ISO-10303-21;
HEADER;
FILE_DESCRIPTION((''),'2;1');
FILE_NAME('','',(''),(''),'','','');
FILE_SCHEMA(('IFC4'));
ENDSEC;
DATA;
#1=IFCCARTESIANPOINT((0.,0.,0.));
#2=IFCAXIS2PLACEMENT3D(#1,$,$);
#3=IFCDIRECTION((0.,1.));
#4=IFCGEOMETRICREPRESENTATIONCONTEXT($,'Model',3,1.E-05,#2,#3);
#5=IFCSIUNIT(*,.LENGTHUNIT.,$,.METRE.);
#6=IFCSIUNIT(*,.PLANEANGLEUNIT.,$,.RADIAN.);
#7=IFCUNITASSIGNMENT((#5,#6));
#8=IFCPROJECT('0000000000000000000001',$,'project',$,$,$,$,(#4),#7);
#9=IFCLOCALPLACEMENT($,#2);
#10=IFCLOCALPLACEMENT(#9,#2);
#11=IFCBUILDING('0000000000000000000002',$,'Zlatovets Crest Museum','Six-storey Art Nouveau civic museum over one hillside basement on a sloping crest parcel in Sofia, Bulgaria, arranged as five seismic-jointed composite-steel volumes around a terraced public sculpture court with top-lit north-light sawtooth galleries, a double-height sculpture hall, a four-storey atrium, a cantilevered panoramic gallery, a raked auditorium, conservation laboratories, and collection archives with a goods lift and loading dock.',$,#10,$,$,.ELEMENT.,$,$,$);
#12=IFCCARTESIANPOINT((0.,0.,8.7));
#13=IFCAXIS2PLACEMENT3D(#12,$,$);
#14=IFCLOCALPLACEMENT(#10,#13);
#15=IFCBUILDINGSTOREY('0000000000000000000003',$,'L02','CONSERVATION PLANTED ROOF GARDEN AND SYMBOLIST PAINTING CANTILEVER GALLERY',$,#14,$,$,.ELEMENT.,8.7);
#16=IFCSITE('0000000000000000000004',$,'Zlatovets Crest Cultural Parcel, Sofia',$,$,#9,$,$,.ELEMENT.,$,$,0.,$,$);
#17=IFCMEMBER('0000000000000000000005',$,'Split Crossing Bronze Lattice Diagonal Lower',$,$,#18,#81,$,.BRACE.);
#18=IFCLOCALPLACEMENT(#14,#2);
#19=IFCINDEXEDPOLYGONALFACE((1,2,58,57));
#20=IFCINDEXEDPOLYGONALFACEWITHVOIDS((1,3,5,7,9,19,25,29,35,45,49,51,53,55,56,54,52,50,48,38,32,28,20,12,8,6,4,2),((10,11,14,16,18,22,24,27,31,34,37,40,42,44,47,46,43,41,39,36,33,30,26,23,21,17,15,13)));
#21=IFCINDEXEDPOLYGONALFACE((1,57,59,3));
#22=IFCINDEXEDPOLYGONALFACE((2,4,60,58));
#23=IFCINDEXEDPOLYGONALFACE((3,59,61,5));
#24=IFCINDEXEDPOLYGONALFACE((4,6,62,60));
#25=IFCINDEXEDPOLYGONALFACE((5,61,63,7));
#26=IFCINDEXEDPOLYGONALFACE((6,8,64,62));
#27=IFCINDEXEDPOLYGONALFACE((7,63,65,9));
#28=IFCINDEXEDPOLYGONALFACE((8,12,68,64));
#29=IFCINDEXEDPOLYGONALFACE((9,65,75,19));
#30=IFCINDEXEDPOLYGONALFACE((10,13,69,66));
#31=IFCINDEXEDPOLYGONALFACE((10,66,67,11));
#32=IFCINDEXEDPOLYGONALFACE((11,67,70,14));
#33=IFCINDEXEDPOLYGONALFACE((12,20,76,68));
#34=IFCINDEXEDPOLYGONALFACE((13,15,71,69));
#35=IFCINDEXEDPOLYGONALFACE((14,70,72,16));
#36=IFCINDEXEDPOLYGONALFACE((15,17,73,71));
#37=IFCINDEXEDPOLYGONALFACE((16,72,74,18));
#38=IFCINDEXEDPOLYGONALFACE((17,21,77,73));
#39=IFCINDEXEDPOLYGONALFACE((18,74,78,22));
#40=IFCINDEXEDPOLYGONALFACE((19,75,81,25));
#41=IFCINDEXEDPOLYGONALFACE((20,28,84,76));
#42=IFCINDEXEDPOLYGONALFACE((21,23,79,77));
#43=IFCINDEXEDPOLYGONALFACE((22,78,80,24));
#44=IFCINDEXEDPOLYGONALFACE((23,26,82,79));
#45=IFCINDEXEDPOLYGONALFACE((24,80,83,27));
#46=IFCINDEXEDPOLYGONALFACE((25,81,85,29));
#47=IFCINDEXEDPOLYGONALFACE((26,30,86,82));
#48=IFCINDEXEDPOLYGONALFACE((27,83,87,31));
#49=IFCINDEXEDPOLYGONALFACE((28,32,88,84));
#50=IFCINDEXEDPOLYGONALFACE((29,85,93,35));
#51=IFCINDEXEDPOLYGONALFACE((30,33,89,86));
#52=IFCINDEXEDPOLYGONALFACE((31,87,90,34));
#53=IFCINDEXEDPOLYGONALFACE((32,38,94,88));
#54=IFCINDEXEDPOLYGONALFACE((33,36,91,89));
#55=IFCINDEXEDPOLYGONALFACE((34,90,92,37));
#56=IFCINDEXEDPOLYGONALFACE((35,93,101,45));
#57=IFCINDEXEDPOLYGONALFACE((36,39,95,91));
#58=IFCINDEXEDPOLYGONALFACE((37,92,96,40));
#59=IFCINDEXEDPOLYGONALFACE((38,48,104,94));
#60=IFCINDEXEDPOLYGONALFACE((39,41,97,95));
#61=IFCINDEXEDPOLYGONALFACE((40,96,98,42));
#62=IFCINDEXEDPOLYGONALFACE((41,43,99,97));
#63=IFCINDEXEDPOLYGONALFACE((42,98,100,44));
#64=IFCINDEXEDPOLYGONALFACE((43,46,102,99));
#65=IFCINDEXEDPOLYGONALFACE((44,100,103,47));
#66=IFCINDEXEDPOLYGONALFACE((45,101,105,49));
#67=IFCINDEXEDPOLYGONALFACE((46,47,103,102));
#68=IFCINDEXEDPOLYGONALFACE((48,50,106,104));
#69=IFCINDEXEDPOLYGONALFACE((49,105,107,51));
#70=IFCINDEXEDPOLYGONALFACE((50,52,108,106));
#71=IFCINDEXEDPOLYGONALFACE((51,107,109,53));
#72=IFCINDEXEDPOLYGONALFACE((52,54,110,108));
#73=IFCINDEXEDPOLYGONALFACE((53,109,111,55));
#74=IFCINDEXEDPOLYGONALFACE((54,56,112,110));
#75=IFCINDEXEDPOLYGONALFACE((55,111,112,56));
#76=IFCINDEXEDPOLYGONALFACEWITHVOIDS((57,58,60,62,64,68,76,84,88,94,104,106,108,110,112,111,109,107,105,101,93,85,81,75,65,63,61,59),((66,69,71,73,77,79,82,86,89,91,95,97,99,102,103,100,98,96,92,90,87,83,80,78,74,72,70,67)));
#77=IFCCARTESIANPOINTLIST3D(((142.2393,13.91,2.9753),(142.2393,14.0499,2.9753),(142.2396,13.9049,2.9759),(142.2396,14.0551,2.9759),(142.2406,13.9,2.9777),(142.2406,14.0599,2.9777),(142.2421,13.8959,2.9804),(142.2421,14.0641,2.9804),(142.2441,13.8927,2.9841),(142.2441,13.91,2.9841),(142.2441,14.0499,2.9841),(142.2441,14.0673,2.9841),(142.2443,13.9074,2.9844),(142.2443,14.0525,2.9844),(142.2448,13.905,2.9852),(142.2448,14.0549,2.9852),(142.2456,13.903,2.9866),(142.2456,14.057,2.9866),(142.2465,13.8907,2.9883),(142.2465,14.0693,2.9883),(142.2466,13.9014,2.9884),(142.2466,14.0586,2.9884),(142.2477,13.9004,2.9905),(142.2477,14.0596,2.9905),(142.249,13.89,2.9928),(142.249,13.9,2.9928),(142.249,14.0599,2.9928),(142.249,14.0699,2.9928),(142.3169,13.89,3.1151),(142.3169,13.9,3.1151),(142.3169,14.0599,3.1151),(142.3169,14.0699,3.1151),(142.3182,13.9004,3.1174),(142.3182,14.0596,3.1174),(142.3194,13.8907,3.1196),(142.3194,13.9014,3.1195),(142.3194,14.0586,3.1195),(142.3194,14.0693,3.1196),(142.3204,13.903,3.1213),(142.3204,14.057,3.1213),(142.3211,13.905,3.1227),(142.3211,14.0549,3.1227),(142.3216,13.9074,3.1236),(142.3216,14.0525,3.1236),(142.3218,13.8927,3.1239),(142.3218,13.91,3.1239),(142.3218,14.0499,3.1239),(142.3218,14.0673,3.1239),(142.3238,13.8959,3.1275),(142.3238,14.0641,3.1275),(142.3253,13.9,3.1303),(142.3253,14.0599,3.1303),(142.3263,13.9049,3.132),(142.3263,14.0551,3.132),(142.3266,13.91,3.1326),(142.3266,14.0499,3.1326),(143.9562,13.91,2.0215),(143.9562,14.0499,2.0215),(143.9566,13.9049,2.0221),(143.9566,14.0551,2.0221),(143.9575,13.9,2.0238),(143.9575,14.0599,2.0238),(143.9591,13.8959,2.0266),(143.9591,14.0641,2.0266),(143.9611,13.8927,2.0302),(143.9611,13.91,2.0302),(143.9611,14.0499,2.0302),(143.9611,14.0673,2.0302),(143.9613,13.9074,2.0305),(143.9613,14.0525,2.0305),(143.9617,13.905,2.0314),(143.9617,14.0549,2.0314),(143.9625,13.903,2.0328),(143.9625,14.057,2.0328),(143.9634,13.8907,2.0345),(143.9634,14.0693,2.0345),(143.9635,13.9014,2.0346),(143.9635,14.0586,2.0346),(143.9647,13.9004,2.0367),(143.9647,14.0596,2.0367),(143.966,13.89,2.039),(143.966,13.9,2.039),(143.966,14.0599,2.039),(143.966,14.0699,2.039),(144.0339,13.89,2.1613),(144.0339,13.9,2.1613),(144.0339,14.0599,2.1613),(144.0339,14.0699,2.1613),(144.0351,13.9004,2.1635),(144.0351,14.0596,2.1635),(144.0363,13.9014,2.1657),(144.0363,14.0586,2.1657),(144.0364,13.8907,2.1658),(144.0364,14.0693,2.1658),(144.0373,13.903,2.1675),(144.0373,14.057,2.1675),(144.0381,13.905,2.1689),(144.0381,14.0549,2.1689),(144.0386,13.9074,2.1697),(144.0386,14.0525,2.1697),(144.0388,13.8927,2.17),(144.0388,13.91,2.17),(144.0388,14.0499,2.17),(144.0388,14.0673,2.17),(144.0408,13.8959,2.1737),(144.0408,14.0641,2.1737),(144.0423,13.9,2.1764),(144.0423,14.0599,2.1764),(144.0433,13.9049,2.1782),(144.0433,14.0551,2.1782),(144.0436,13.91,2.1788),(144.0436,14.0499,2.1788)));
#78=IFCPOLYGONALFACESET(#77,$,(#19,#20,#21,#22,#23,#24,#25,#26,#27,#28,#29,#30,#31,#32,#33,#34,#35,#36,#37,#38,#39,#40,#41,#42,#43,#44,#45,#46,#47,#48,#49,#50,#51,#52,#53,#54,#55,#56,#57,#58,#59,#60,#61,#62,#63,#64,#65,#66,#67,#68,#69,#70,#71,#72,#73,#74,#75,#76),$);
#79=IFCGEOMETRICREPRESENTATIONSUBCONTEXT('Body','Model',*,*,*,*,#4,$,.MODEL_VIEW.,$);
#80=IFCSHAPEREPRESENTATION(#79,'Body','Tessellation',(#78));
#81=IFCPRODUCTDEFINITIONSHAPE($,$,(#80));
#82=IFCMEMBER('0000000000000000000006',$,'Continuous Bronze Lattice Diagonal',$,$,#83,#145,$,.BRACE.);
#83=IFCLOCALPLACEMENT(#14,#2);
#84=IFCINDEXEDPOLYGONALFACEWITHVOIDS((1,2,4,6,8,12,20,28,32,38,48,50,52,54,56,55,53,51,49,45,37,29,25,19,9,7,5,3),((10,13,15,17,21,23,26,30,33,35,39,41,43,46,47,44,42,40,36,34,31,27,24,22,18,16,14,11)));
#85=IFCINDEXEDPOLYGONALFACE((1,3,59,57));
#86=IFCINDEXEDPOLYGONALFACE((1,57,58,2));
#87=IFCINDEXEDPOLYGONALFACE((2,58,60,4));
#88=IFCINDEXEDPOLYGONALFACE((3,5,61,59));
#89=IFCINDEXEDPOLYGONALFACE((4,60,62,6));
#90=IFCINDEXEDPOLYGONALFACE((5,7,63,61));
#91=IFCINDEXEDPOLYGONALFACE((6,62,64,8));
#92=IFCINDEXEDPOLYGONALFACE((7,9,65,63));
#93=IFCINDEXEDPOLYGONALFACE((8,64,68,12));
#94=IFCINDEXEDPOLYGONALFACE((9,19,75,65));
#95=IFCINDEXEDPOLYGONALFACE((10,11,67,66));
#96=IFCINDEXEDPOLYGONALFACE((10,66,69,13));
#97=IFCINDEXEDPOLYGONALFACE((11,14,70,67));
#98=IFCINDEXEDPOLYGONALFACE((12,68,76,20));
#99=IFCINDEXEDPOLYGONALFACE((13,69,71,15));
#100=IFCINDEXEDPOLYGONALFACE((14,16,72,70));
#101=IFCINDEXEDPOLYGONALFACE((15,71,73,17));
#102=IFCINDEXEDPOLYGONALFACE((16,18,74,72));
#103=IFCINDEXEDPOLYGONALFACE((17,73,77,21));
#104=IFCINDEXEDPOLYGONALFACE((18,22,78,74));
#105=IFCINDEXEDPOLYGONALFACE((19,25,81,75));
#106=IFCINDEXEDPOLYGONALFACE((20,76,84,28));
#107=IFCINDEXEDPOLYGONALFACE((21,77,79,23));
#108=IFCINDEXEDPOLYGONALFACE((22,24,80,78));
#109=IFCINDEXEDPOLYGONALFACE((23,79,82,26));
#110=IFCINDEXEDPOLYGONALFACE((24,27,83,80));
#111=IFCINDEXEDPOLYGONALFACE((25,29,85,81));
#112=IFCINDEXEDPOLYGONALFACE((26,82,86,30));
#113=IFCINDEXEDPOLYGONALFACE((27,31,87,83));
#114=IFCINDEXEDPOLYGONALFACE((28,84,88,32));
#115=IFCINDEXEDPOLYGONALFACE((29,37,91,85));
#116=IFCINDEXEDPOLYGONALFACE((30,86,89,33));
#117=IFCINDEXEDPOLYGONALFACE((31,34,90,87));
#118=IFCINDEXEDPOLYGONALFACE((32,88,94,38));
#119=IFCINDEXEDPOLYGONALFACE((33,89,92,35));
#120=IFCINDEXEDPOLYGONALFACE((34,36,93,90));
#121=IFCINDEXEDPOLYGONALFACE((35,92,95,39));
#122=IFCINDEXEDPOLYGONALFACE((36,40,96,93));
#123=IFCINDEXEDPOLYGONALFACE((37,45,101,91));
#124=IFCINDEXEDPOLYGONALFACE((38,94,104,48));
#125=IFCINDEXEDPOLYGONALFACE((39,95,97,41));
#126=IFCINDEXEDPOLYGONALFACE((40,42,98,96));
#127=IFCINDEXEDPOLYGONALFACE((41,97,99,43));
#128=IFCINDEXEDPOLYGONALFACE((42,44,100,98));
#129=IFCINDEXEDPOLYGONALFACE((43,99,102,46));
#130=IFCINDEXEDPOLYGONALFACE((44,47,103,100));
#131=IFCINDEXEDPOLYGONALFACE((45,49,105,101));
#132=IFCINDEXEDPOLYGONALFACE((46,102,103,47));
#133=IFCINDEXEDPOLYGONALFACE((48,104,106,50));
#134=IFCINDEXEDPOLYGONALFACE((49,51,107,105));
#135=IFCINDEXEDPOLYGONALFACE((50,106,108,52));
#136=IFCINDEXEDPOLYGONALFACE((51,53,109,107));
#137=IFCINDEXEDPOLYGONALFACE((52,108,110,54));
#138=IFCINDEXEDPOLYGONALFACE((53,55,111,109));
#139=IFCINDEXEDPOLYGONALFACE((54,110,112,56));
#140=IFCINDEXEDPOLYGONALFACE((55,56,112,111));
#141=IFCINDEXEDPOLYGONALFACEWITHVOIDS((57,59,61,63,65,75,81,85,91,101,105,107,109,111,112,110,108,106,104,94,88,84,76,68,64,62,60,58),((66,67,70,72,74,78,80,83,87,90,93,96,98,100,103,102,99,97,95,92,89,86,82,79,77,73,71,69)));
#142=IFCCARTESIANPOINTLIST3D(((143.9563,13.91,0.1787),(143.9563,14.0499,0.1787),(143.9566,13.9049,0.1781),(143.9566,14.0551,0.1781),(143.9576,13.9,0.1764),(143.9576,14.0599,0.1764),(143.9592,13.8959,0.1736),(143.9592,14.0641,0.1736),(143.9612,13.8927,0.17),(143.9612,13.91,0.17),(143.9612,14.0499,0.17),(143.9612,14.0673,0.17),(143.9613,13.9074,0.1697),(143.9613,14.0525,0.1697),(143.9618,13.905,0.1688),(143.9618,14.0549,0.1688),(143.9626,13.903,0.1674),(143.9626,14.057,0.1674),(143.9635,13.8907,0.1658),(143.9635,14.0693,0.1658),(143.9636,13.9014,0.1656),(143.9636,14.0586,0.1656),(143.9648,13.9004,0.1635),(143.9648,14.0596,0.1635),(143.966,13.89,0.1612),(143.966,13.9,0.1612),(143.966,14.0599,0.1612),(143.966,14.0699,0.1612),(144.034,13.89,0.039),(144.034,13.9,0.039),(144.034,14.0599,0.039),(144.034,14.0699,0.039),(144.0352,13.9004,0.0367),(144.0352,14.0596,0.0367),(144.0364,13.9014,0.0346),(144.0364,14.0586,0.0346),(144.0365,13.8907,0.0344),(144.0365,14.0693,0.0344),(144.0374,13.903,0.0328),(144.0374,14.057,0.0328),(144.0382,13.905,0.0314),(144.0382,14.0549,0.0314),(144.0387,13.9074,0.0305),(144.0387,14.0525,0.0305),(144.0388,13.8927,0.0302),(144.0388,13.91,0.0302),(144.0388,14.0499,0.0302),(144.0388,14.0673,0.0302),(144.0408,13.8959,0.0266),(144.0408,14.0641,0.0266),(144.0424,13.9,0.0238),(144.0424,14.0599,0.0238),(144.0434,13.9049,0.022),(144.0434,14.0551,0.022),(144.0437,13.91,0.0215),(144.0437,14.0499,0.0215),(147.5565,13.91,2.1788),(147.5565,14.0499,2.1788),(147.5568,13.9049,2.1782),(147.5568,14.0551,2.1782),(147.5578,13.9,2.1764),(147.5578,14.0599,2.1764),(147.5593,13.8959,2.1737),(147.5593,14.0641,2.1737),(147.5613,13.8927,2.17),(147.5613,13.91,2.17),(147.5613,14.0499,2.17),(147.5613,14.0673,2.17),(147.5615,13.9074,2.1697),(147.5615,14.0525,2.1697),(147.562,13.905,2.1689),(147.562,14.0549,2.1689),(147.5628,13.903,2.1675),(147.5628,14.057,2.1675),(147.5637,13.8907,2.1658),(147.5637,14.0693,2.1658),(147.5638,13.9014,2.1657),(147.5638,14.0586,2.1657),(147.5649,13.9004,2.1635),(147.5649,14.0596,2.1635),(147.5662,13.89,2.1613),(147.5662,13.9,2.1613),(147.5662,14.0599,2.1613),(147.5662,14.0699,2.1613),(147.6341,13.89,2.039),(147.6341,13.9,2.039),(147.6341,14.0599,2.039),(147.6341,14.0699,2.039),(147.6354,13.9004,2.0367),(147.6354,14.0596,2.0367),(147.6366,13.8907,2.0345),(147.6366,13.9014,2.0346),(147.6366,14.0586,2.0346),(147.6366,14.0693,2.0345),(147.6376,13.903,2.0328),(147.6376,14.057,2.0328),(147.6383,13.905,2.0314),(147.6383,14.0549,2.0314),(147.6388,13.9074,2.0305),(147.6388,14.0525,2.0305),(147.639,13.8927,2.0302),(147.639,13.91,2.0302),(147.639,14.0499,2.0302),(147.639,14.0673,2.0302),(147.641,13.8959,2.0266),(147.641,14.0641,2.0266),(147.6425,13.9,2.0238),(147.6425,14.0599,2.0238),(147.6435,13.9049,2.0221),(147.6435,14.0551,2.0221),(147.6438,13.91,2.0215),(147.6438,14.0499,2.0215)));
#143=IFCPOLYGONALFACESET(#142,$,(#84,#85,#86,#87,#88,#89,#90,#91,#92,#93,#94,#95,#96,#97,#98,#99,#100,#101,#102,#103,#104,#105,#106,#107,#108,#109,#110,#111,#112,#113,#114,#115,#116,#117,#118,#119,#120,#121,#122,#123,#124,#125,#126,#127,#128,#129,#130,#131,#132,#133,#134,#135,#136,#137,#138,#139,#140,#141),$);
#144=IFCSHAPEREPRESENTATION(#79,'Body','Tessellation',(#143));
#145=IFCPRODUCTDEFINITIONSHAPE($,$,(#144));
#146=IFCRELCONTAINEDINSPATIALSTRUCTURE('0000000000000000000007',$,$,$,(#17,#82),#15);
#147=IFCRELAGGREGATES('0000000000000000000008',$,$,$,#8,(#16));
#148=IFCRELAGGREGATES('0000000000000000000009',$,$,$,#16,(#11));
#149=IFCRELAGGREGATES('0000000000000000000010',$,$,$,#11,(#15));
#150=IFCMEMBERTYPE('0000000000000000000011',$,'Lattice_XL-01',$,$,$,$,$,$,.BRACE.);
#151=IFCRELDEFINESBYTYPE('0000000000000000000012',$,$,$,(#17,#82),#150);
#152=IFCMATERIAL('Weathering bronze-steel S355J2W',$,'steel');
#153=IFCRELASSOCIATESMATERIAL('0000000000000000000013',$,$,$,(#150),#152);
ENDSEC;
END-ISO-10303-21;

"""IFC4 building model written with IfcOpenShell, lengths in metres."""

from ifc_helpers import new_model, si_unit, direction, frame, origin, origin_2d, place, context, subcontext, project, spatial, hollow_rectangle, extrude, material, material_profile, profile_set, type_object, element, save


model = new_model("IFC4")

# Units and contexts
model_context = context("Model", 3, precision=1e-05, world=origin(), true_north=direction((0.0, 1.0)))
body_context = subcontext(model_context, "Body", "Model", "MODEL_VIEW")
ifc_project = project(units=[si_unit("LENGTHUNIT", "METRE"), si_unit("PLANEANGLEUNIT", "RADIAN")], contexts=[model_context])

# Site, building, storey
site_placement = place(None, origin())
site = spatial("IfcSite", under=ifc_project, at=site_placement, Name="Zlatovets Crest Cultural Parcel, Sofia", CompositionType="ELEMENT", RefElevation=0.0)
building_placement = place(site_placement, origin())
building = spatial("IfcBuilding", under=site, at=building_placement, Name="Zlatovets Crest Museum", Description="Six-storey Art Nouveau civic museum over one hillside basement on a sloping crest parcel in Sofia, Bulgaria, arranged as five seismic-jointed composite-steel volumes around a terraced public sculpture court with top-lit north-light sawtooth galleries, a double-height sculpture hall, a four-storey atrium, a cantilevered panoramic gallery, a raked auditorium, conservation laboratories, and collection archives with a goods lift and loading dock.", CompositionType="ELEMENT")
storey_placement = place(building_placement, frame((0.0, 0.0, 8.7)))
storey = spatial("IfcBuildingStorey", under=building, at=storey_placement, Name="L02", Description="CONSERVATION PLANTED ROOF GARDEN AND SYMBOLIST PAINTING CANTILEVER GALLERY", CompositionType="ELEMENT", Elevation=8.7)

# Members
ifc_material_1 = material(Name="Weathering bronze-steel S355J2W", Category="steel")
ifc_material_profile_1 = material_profile(ifc_material_1, hollow_rectangle(XDim=0.1799, YDim=0.1799, WallThickness=0.01, InnerFilletRadius=0.01, OuterFilletRadius=0.02, at=origin_2d()), Name="SHS 180x180x10.0")
ifc_profile_set_1 = profile_set([ifc_material_profile_1], Name="Weathering bronze-steel S355J2W")
member_type_1 = type_object("IfcMemberType", Name="Lattice_XL-01", PredefinedType="BRACE", material=ifc_profile_set_1)
for number, where, z_axis, x_axis, name in (
    (1, (142.283, 13.98, 3.054), (0.874169, 0.0, -0.485622), (0.0, 1.0, 0.0), "Split Crossing Bronze Lattice Diagonal Lower"),
):
    element("IfcMember", number, at=place(storey_placement, frame(where, z_axis=z_axis, x_axis=x_axis)), inside=storey, type_object=member_type_1, Name=name, PredefinedType="BRACE", context=body_context, shape_type="SweptSolid", body=[
        extrude(hollow_rectangle(XDim=0.1799, YDim=0.1799, WallThickness=0.01, InnerFilletRadius=0.01, OuterFilletRadius=0.02, at=origin_2d()), origin(), (0.0, 0.0, 1.0), 1.9641),
    ])
member_1_placement = place(storey_placement, frame((144.0, 13.98, 0.1001), z_axis=(0.874163, 0.0, 0.485633), x_axis=(0.0, 1.0, 0.0)))
element("IfcMember", 2, at=member_1_placement, inside=storey, type_object=member_type_1, Name="Continuous Bronze Lattice Diagonal", PredefinedType="BRACE", context=body_context, shape_type="SweptSolid", body=[
    extrude(hollow_rectangle(XDim=0.1799, YDim=0.1799, WallThickness=0.01, InnerFilletRadius=0.01, OuterFilletRadius=0.02, at=origin_2d()), origin(), (0.0, 0.0, 1.0), 4.1184),
])

save(model, "model.ifc")
